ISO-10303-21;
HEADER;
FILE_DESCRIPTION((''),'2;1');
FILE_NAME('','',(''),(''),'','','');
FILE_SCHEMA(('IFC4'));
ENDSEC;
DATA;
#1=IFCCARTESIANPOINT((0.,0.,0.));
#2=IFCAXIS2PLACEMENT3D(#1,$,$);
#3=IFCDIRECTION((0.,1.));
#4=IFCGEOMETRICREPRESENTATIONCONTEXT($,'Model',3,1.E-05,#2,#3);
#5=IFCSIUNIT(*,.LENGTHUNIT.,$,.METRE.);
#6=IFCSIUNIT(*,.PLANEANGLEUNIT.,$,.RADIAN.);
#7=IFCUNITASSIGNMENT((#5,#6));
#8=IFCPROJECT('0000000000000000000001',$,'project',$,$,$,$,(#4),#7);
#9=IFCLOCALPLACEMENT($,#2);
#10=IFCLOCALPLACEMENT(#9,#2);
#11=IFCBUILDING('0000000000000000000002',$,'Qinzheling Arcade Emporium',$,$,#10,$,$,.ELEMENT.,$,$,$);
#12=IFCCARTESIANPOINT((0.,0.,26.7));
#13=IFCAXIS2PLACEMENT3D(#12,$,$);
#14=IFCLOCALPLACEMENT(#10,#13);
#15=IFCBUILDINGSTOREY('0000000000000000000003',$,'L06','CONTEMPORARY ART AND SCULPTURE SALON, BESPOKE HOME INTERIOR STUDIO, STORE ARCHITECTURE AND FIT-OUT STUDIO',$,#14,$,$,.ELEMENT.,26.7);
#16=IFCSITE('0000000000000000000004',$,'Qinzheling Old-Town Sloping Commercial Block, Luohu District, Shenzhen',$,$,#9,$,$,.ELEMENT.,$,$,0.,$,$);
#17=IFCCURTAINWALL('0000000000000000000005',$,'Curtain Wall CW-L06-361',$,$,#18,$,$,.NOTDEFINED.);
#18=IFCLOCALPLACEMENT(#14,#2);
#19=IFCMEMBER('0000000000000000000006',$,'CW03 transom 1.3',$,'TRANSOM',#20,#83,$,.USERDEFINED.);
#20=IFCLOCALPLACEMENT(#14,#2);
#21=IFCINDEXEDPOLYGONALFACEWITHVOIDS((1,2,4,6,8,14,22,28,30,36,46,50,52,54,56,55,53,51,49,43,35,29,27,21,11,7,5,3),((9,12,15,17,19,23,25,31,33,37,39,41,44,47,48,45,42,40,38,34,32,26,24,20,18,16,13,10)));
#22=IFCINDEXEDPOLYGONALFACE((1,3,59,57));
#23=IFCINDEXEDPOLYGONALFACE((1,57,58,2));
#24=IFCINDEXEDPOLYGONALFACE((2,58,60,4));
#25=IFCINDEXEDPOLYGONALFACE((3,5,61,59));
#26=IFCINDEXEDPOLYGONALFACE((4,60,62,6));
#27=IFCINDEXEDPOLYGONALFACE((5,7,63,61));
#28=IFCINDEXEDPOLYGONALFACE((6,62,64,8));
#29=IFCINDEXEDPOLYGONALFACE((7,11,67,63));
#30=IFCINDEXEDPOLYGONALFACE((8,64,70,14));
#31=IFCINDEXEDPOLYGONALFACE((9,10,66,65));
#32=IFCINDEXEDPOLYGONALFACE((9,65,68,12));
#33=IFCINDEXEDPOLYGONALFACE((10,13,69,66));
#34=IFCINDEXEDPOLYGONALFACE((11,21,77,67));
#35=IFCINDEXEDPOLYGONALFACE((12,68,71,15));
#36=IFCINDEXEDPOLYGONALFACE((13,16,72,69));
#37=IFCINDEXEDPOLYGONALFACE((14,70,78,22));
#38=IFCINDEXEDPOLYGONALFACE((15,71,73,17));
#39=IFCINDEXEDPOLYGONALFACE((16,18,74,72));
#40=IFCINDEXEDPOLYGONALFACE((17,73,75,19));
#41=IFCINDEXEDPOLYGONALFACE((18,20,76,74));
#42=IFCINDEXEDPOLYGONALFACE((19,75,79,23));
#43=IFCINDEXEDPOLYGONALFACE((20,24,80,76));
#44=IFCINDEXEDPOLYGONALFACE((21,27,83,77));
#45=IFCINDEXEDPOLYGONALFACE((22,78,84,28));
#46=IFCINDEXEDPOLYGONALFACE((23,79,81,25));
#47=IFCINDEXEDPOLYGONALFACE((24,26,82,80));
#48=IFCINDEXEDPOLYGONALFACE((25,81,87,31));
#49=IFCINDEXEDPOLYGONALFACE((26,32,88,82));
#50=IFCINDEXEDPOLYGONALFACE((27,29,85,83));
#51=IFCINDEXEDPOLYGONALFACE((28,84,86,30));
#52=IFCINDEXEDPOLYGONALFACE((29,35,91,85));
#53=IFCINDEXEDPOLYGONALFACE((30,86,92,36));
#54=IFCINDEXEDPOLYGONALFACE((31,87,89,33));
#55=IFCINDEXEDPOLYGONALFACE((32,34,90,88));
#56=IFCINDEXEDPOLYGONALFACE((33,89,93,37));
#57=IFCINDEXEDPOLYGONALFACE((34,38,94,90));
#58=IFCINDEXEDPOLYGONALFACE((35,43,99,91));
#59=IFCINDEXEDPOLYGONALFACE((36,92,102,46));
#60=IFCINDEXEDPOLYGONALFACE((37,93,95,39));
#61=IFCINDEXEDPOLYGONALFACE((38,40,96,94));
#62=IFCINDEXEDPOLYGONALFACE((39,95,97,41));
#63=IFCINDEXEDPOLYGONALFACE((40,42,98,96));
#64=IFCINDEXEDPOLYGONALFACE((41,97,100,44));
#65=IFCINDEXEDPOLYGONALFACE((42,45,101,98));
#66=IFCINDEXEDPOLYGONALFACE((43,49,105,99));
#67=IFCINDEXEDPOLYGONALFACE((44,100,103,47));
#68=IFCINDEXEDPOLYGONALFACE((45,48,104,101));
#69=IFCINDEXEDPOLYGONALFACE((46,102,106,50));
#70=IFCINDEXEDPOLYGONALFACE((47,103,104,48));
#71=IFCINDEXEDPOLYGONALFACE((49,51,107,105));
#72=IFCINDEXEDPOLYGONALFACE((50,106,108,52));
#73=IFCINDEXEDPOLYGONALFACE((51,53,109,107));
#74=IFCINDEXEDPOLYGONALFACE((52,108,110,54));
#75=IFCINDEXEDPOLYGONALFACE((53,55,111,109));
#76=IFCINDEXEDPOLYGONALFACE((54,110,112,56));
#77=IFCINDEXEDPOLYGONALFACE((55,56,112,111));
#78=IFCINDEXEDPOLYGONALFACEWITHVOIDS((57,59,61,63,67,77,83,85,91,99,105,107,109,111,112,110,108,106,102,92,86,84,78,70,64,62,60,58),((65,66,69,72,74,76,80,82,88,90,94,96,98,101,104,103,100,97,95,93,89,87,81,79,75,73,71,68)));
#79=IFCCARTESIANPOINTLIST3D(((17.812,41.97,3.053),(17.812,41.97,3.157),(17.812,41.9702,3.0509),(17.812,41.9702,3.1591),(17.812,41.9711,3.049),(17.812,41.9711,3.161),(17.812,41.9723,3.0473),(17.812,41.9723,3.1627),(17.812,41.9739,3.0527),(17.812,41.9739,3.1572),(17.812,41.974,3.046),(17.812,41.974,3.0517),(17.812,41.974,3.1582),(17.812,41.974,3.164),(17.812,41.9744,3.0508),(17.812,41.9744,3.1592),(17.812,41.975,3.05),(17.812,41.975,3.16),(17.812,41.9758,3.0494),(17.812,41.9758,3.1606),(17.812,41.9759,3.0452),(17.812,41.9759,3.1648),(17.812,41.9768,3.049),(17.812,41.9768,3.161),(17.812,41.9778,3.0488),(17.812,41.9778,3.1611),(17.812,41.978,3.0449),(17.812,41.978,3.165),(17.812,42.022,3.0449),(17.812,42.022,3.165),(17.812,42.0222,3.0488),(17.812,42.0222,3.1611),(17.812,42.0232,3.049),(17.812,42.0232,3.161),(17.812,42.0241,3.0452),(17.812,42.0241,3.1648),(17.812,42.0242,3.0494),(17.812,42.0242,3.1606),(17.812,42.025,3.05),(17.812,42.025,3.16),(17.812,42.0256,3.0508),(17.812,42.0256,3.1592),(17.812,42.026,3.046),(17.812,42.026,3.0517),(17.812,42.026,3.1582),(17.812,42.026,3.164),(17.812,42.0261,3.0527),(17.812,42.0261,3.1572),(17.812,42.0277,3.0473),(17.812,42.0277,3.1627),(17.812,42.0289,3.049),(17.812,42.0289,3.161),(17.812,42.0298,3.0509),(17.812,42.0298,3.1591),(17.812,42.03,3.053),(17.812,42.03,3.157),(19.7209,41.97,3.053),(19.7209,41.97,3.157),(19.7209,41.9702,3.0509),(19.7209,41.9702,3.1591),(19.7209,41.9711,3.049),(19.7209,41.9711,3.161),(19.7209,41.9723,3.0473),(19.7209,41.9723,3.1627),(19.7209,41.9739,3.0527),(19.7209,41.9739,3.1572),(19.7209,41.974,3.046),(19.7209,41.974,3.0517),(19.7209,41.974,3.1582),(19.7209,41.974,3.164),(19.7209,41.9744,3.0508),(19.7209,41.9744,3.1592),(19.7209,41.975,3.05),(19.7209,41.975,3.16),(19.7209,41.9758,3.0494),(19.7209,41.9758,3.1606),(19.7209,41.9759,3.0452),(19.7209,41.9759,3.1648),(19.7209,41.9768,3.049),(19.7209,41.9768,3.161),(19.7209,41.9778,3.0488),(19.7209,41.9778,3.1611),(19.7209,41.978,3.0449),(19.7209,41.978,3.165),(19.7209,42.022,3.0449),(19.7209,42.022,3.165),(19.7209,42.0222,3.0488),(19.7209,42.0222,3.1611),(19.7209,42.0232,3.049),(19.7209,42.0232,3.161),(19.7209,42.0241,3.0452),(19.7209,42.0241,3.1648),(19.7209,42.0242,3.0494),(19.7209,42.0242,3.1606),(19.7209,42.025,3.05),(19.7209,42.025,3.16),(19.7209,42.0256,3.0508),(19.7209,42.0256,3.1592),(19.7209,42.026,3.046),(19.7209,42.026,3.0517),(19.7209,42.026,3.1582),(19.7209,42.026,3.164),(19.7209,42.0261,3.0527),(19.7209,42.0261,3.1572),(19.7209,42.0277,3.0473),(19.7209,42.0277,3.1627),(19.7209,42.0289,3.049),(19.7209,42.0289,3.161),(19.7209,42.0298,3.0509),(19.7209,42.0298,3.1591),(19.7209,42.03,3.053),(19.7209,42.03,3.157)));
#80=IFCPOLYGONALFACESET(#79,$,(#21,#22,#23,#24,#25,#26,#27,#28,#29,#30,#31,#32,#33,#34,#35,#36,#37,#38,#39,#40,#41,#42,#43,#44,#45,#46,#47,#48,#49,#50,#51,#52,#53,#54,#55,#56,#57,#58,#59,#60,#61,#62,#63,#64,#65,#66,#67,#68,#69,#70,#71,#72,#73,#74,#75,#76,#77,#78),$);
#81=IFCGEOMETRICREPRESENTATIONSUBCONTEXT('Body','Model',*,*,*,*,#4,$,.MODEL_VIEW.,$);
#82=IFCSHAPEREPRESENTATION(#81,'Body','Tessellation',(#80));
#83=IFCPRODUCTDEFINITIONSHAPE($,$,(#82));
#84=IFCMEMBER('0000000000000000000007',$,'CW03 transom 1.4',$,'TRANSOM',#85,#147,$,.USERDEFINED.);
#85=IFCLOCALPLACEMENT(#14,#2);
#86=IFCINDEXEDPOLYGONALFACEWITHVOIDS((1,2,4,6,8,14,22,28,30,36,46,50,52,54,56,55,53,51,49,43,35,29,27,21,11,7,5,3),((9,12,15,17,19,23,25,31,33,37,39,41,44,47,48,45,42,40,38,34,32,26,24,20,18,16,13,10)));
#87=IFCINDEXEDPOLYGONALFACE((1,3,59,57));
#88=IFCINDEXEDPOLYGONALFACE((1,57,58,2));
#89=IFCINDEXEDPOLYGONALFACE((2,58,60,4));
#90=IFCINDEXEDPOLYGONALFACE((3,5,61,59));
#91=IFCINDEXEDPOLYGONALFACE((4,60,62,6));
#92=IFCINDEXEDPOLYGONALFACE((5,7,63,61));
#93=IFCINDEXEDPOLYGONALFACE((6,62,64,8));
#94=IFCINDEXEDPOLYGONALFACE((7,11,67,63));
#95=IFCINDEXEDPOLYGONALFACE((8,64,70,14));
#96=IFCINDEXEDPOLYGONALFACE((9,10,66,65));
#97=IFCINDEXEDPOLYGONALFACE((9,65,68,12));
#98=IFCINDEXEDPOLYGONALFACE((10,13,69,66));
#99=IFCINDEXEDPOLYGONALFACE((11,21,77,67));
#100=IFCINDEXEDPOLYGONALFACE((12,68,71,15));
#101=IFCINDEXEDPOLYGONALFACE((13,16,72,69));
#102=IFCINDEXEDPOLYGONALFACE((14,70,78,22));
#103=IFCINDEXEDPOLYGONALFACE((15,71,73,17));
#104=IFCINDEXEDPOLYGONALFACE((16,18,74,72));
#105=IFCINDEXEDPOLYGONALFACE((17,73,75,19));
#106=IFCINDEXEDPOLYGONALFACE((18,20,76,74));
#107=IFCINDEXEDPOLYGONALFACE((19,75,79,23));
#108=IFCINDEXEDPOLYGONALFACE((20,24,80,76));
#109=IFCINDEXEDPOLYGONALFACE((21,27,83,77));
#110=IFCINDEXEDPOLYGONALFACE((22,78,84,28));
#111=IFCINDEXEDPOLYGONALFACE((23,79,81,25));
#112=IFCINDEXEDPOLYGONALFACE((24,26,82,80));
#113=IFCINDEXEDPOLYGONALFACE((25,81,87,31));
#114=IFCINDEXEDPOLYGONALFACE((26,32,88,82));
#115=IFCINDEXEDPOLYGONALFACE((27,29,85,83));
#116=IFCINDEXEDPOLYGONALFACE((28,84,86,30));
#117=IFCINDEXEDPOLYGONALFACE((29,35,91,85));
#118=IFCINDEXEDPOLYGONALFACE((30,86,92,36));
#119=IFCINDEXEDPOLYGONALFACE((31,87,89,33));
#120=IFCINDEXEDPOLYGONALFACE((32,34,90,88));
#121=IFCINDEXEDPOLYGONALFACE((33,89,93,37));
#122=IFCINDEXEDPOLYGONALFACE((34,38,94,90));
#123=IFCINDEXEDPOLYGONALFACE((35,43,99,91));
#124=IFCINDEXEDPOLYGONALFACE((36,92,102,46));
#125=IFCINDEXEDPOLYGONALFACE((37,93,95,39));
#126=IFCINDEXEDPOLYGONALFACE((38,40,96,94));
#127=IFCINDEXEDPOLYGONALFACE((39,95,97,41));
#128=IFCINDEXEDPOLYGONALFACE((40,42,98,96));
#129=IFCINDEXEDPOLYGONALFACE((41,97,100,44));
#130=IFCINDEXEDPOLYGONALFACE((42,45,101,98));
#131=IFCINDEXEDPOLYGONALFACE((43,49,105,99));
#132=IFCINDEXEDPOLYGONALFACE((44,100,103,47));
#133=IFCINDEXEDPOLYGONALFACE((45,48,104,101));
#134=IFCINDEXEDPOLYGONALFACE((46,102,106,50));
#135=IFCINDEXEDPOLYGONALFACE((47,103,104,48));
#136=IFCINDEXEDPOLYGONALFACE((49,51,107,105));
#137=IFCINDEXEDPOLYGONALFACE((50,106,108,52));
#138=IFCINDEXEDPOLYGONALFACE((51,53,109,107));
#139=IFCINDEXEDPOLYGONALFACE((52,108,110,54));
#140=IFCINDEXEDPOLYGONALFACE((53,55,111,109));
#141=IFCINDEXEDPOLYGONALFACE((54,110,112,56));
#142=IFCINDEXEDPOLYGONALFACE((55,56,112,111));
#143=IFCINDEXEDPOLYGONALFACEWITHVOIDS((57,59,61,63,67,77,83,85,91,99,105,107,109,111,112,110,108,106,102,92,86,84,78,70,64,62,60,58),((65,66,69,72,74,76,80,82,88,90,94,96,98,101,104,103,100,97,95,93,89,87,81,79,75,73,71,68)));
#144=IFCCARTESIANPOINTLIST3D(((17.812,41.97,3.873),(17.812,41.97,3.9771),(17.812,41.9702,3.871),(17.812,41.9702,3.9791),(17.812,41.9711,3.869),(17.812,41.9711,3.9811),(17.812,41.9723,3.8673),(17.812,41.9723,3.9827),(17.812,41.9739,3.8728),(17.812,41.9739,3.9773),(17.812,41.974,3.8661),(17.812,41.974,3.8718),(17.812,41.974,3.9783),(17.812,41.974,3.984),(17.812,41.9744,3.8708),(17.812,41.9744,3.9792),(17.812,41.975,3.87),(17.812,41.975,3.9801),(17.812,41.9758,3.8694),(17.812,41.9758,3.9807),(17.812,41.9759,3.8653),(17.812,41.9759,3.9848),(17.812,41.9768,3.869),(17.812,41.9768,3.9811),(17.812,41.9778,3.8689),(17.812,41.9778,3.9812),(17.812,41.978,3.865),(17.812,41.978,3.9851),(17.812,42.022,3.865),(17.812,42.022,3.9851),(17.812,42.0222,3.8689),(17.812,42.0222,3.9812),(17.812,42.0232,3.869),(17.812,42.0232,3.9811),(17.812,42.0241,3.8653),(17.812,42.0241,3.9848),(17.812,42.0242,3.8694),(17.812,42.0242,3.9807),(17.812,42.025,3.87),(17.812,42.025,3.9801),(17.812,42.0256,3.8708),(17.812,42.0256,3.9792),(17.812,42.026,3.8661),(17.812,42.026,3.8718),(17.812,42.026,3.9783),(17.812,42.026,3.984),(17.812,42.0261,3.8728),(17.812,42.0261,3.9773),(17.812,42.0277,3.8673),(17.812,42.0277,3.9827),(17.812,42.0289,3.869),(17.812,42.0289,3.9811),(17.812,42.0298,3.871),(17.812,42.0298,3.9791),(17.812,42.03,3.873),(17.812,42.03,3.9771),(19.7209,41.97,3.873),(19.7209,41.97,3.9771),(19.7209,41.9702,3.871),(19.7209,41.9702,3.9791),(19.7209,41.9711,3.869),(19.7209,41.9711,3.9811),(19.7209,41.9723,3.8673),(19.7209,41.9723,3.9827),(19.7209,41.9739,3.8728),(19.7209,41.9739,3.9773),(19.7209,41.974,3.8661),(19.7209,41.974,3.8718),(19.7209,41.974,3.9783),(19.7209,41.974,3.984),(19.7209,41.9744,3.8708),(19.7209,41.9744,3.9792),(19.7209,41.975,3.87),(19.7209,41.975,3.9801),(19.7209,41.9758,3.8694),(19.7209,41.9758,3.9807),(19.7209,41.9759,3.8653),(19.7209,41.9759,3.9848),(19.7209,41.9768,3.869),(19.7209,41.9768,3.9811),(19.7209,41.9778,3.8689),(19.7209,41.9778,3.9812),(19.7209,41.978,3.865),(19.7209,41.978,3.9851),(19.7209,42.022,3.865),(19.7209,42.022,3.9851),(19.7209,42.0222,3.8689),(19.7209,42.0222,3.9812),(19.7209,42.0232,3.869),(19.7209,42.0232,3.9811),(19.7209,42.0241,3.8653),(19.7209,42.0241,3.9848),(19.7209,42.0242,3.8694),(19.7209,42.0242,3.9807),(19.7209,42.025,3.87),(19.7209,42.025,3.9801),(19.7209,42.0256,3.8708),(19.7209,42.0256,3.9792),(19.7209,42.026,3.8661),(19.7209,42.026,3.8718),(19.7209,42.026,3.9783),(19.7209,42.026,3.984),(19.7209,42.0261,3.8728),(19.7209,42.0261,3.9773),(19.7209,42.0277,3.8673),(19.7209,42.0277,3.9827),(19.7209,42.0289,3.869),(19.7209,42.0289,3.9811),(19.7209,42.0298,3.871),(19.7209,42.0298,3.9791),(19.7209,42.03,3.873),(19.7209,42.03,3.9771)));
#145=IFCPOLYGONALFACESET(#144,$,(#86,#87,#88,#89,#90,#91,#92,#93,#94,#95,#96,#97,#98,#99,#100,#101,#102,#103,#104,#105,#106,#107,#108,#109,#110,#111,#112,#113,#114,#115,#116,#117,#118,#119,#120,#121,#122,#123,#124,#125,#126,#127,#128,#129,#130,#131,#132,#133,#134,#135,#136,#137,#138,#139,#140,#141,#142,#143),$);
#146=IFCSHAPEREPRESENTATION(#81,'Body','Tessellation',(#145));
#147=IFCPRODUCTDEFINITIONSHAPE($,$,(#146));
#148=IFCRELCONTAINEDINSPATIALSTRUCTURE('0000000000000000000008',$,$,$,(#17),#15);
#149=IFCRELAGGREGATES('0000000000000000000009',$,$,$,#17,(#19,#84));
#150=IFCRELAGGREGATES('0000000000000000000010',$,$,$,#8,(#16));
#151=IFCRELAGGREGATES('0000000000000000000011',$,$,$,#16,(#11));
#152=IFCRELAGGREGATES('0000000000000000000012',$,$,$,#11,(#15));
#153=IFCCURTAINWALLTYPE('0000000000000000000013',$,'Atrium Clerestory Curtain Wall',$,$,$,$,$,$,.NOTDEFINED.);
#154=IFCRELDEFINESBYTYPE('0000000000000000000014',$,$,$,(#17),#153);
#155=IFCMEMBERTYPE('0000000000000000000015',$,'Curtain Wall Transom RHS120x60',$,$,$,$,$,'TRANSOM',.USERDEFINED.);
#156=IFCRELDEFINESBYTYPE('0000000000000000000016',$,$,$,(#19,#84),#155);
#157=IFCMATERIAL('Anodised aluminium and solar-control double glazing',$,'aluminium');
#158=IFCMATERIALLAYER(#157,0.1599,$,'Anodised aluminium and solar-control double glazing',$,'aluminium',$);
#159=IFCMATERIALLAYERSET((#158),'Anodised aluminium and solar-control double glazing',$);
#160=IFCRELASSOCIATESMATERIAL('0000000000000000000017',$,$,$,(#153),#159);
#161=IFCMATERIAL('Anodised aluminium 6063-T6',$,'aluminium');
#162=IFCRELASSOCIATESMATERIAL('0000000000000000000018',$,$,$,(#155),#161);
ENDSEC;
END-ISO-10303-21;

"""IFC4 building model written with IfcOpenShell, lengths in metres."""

from ifc_helpers import new_model, si_unit, direction, frame, origin, origin_2d, place, context, subcontext, project, spatial, hollow_rectangle, extrude, material, layer, layer_set, material_profile, profile_set, type_object, element, aggregate, save


model = new_model("IFC4")

# Units and contexts
model_context = context("Model", 3, precision=1e-05, world=origin(), true_north=direction((0.0, 1.0)))
body_context = subcontext(model_context, "Body", "Model", "MODEL_VIEW")
ifc_project = project(units=[si_unit("LENGTHUNIT", "METRE"), si_unit("PLANEANGLEUNIT", "RADIAN")], contexts=[model_context])

# Site, building, storey
site_placement = place(None, origin())
site = spatial("IfcSite", under=ifc_project, at=site_placement, Name="Qinzheling Old-Town Sloping Commercial Block, Luohu District, Shenzhen", CompositionType="ELEMENT", RefElevation=0.0)
building_placement = place(site_placement, origin())
building = spatial("IfcBuilding", under=site, at=building_placement, Name="Qinzheling Arcade Emporium", CompositionType="ELEMENT")
storey_placement = place(building_placement, frame((0.0, 0.0, 26.7)))
storey = spatial("IfcBuildingStorey", under=building, at=storey_placement, Name="L06", Description="CONTEMPORARY ART AND SCULPTURE SALON, BESPOKE HOME INTERIOR STUDIO, STORE ARCHITECTURE AND FIT-OUT STUDIO", CompositionType="ELEMENT", Elevation=26.7)

# Curtain wall, members
ifc_material_1 = material(Name="Anodised aluminium and solar-control double glazing", Category="aluminium")
ifc_layer_1 = layer(ifc_material_1, 0.1599, Name="Anodised aluminium and solar-control double glazing", Category="aluminium")
ifc_layer_set_1 = layer_set([ifc_layer_1], Name="Anodised aluminium and solar-control double glazing")
curtain_wall_type = type_object("IfcCurtainWallType", Name="Atrium Clerestory Curtain Wall", PredefinedType="NOTDEFINED", material=ifc_layer_set_1)
curtain_wall_placement = place(storey_placement, origin())
curtain_wall = element("IfcCurtainWall", 1, at=curtain_wall_placement, inside=storey, type_object=curtain_wall_type, Name="Curtain Wall CW-L06-361", PredefinedType="NOTDEFINED")
ifc_material_2 = material(Name="Anodised aluminium 6063-T6", Category="aluminium")
ifc_material_profile_1 = material_profile(ifc_material_2, hollow_rectangle(XDim=0.0601, YDim=0.1201, WallThickness=0.0039, InnerFilletRadius=0.0039, OuterFilletRadius=0.0081, at=origin_2d()), Name="RHS 120x60x4", Category="aluminium")
ifc_profile_set_1 = profile_set([ifc_material_profile_1], Name="Anodised aluminium 6063-T6")
member_type_1 = type_object("IfcMemberType", Name="Curtain Wall Transom RHS120x60", ElementType="TRANSOM", PredefinedType="USERDEFINED", material=ifc_profile_set_1)
member_1_placement = place(storey_placement, frame((17.812, 42.0, 3.105), z_axis=(1.0, 0.0, 0.0), x_axis=(0.0, 1.0, 0.0)))
member_1 = element("IfcMember", 2, at=member_1_placement, type_object=member_type_1, Name="CW03 transom 1.3", ObjectType="TRANSOM", PredefinedType="USERDEFINED", context=body_context, shape_type="SweptSolid", body=[
    extrude(hollow_rectangle(XDim=0.0601, YDim=0.1201, WallThickness=0.0039, InnerFilletRadius=0.0039, OuterFilletRadius=0.0081, at=origin_2d()), origin(), (0.0, 0.0, 1.0), 1.9089),
])
member_2_placement = place(storey_placement, frame((17.812, 42.0, 3.925), z_axis=(1.0, 0.0, 0.0), x_axis=(0.0, 1.0, 0.0)))
member_2 = element("IfcMember", 3, at=member_2_placement, type_object=member_type_1, Name="CW03 transom 1.4", ObjectType="TRANSOM", PredefinedType="USERDEFINED", context=body_context, shape_type="SweptSolid", body=[
    extrude(hollow_rectangle(XDim=0.0601, YDim=0.1201, WallThickness=0.0039, InnerFilletRadius=0.0039, OuterFilletRadius=0.0081, at=origin_2d()), origin(), (0.0, 0.0, 1.0), 1.9089),
])

aggregate(curtain_wall, [member_1, member_2])

save(model, "model.ifc")
